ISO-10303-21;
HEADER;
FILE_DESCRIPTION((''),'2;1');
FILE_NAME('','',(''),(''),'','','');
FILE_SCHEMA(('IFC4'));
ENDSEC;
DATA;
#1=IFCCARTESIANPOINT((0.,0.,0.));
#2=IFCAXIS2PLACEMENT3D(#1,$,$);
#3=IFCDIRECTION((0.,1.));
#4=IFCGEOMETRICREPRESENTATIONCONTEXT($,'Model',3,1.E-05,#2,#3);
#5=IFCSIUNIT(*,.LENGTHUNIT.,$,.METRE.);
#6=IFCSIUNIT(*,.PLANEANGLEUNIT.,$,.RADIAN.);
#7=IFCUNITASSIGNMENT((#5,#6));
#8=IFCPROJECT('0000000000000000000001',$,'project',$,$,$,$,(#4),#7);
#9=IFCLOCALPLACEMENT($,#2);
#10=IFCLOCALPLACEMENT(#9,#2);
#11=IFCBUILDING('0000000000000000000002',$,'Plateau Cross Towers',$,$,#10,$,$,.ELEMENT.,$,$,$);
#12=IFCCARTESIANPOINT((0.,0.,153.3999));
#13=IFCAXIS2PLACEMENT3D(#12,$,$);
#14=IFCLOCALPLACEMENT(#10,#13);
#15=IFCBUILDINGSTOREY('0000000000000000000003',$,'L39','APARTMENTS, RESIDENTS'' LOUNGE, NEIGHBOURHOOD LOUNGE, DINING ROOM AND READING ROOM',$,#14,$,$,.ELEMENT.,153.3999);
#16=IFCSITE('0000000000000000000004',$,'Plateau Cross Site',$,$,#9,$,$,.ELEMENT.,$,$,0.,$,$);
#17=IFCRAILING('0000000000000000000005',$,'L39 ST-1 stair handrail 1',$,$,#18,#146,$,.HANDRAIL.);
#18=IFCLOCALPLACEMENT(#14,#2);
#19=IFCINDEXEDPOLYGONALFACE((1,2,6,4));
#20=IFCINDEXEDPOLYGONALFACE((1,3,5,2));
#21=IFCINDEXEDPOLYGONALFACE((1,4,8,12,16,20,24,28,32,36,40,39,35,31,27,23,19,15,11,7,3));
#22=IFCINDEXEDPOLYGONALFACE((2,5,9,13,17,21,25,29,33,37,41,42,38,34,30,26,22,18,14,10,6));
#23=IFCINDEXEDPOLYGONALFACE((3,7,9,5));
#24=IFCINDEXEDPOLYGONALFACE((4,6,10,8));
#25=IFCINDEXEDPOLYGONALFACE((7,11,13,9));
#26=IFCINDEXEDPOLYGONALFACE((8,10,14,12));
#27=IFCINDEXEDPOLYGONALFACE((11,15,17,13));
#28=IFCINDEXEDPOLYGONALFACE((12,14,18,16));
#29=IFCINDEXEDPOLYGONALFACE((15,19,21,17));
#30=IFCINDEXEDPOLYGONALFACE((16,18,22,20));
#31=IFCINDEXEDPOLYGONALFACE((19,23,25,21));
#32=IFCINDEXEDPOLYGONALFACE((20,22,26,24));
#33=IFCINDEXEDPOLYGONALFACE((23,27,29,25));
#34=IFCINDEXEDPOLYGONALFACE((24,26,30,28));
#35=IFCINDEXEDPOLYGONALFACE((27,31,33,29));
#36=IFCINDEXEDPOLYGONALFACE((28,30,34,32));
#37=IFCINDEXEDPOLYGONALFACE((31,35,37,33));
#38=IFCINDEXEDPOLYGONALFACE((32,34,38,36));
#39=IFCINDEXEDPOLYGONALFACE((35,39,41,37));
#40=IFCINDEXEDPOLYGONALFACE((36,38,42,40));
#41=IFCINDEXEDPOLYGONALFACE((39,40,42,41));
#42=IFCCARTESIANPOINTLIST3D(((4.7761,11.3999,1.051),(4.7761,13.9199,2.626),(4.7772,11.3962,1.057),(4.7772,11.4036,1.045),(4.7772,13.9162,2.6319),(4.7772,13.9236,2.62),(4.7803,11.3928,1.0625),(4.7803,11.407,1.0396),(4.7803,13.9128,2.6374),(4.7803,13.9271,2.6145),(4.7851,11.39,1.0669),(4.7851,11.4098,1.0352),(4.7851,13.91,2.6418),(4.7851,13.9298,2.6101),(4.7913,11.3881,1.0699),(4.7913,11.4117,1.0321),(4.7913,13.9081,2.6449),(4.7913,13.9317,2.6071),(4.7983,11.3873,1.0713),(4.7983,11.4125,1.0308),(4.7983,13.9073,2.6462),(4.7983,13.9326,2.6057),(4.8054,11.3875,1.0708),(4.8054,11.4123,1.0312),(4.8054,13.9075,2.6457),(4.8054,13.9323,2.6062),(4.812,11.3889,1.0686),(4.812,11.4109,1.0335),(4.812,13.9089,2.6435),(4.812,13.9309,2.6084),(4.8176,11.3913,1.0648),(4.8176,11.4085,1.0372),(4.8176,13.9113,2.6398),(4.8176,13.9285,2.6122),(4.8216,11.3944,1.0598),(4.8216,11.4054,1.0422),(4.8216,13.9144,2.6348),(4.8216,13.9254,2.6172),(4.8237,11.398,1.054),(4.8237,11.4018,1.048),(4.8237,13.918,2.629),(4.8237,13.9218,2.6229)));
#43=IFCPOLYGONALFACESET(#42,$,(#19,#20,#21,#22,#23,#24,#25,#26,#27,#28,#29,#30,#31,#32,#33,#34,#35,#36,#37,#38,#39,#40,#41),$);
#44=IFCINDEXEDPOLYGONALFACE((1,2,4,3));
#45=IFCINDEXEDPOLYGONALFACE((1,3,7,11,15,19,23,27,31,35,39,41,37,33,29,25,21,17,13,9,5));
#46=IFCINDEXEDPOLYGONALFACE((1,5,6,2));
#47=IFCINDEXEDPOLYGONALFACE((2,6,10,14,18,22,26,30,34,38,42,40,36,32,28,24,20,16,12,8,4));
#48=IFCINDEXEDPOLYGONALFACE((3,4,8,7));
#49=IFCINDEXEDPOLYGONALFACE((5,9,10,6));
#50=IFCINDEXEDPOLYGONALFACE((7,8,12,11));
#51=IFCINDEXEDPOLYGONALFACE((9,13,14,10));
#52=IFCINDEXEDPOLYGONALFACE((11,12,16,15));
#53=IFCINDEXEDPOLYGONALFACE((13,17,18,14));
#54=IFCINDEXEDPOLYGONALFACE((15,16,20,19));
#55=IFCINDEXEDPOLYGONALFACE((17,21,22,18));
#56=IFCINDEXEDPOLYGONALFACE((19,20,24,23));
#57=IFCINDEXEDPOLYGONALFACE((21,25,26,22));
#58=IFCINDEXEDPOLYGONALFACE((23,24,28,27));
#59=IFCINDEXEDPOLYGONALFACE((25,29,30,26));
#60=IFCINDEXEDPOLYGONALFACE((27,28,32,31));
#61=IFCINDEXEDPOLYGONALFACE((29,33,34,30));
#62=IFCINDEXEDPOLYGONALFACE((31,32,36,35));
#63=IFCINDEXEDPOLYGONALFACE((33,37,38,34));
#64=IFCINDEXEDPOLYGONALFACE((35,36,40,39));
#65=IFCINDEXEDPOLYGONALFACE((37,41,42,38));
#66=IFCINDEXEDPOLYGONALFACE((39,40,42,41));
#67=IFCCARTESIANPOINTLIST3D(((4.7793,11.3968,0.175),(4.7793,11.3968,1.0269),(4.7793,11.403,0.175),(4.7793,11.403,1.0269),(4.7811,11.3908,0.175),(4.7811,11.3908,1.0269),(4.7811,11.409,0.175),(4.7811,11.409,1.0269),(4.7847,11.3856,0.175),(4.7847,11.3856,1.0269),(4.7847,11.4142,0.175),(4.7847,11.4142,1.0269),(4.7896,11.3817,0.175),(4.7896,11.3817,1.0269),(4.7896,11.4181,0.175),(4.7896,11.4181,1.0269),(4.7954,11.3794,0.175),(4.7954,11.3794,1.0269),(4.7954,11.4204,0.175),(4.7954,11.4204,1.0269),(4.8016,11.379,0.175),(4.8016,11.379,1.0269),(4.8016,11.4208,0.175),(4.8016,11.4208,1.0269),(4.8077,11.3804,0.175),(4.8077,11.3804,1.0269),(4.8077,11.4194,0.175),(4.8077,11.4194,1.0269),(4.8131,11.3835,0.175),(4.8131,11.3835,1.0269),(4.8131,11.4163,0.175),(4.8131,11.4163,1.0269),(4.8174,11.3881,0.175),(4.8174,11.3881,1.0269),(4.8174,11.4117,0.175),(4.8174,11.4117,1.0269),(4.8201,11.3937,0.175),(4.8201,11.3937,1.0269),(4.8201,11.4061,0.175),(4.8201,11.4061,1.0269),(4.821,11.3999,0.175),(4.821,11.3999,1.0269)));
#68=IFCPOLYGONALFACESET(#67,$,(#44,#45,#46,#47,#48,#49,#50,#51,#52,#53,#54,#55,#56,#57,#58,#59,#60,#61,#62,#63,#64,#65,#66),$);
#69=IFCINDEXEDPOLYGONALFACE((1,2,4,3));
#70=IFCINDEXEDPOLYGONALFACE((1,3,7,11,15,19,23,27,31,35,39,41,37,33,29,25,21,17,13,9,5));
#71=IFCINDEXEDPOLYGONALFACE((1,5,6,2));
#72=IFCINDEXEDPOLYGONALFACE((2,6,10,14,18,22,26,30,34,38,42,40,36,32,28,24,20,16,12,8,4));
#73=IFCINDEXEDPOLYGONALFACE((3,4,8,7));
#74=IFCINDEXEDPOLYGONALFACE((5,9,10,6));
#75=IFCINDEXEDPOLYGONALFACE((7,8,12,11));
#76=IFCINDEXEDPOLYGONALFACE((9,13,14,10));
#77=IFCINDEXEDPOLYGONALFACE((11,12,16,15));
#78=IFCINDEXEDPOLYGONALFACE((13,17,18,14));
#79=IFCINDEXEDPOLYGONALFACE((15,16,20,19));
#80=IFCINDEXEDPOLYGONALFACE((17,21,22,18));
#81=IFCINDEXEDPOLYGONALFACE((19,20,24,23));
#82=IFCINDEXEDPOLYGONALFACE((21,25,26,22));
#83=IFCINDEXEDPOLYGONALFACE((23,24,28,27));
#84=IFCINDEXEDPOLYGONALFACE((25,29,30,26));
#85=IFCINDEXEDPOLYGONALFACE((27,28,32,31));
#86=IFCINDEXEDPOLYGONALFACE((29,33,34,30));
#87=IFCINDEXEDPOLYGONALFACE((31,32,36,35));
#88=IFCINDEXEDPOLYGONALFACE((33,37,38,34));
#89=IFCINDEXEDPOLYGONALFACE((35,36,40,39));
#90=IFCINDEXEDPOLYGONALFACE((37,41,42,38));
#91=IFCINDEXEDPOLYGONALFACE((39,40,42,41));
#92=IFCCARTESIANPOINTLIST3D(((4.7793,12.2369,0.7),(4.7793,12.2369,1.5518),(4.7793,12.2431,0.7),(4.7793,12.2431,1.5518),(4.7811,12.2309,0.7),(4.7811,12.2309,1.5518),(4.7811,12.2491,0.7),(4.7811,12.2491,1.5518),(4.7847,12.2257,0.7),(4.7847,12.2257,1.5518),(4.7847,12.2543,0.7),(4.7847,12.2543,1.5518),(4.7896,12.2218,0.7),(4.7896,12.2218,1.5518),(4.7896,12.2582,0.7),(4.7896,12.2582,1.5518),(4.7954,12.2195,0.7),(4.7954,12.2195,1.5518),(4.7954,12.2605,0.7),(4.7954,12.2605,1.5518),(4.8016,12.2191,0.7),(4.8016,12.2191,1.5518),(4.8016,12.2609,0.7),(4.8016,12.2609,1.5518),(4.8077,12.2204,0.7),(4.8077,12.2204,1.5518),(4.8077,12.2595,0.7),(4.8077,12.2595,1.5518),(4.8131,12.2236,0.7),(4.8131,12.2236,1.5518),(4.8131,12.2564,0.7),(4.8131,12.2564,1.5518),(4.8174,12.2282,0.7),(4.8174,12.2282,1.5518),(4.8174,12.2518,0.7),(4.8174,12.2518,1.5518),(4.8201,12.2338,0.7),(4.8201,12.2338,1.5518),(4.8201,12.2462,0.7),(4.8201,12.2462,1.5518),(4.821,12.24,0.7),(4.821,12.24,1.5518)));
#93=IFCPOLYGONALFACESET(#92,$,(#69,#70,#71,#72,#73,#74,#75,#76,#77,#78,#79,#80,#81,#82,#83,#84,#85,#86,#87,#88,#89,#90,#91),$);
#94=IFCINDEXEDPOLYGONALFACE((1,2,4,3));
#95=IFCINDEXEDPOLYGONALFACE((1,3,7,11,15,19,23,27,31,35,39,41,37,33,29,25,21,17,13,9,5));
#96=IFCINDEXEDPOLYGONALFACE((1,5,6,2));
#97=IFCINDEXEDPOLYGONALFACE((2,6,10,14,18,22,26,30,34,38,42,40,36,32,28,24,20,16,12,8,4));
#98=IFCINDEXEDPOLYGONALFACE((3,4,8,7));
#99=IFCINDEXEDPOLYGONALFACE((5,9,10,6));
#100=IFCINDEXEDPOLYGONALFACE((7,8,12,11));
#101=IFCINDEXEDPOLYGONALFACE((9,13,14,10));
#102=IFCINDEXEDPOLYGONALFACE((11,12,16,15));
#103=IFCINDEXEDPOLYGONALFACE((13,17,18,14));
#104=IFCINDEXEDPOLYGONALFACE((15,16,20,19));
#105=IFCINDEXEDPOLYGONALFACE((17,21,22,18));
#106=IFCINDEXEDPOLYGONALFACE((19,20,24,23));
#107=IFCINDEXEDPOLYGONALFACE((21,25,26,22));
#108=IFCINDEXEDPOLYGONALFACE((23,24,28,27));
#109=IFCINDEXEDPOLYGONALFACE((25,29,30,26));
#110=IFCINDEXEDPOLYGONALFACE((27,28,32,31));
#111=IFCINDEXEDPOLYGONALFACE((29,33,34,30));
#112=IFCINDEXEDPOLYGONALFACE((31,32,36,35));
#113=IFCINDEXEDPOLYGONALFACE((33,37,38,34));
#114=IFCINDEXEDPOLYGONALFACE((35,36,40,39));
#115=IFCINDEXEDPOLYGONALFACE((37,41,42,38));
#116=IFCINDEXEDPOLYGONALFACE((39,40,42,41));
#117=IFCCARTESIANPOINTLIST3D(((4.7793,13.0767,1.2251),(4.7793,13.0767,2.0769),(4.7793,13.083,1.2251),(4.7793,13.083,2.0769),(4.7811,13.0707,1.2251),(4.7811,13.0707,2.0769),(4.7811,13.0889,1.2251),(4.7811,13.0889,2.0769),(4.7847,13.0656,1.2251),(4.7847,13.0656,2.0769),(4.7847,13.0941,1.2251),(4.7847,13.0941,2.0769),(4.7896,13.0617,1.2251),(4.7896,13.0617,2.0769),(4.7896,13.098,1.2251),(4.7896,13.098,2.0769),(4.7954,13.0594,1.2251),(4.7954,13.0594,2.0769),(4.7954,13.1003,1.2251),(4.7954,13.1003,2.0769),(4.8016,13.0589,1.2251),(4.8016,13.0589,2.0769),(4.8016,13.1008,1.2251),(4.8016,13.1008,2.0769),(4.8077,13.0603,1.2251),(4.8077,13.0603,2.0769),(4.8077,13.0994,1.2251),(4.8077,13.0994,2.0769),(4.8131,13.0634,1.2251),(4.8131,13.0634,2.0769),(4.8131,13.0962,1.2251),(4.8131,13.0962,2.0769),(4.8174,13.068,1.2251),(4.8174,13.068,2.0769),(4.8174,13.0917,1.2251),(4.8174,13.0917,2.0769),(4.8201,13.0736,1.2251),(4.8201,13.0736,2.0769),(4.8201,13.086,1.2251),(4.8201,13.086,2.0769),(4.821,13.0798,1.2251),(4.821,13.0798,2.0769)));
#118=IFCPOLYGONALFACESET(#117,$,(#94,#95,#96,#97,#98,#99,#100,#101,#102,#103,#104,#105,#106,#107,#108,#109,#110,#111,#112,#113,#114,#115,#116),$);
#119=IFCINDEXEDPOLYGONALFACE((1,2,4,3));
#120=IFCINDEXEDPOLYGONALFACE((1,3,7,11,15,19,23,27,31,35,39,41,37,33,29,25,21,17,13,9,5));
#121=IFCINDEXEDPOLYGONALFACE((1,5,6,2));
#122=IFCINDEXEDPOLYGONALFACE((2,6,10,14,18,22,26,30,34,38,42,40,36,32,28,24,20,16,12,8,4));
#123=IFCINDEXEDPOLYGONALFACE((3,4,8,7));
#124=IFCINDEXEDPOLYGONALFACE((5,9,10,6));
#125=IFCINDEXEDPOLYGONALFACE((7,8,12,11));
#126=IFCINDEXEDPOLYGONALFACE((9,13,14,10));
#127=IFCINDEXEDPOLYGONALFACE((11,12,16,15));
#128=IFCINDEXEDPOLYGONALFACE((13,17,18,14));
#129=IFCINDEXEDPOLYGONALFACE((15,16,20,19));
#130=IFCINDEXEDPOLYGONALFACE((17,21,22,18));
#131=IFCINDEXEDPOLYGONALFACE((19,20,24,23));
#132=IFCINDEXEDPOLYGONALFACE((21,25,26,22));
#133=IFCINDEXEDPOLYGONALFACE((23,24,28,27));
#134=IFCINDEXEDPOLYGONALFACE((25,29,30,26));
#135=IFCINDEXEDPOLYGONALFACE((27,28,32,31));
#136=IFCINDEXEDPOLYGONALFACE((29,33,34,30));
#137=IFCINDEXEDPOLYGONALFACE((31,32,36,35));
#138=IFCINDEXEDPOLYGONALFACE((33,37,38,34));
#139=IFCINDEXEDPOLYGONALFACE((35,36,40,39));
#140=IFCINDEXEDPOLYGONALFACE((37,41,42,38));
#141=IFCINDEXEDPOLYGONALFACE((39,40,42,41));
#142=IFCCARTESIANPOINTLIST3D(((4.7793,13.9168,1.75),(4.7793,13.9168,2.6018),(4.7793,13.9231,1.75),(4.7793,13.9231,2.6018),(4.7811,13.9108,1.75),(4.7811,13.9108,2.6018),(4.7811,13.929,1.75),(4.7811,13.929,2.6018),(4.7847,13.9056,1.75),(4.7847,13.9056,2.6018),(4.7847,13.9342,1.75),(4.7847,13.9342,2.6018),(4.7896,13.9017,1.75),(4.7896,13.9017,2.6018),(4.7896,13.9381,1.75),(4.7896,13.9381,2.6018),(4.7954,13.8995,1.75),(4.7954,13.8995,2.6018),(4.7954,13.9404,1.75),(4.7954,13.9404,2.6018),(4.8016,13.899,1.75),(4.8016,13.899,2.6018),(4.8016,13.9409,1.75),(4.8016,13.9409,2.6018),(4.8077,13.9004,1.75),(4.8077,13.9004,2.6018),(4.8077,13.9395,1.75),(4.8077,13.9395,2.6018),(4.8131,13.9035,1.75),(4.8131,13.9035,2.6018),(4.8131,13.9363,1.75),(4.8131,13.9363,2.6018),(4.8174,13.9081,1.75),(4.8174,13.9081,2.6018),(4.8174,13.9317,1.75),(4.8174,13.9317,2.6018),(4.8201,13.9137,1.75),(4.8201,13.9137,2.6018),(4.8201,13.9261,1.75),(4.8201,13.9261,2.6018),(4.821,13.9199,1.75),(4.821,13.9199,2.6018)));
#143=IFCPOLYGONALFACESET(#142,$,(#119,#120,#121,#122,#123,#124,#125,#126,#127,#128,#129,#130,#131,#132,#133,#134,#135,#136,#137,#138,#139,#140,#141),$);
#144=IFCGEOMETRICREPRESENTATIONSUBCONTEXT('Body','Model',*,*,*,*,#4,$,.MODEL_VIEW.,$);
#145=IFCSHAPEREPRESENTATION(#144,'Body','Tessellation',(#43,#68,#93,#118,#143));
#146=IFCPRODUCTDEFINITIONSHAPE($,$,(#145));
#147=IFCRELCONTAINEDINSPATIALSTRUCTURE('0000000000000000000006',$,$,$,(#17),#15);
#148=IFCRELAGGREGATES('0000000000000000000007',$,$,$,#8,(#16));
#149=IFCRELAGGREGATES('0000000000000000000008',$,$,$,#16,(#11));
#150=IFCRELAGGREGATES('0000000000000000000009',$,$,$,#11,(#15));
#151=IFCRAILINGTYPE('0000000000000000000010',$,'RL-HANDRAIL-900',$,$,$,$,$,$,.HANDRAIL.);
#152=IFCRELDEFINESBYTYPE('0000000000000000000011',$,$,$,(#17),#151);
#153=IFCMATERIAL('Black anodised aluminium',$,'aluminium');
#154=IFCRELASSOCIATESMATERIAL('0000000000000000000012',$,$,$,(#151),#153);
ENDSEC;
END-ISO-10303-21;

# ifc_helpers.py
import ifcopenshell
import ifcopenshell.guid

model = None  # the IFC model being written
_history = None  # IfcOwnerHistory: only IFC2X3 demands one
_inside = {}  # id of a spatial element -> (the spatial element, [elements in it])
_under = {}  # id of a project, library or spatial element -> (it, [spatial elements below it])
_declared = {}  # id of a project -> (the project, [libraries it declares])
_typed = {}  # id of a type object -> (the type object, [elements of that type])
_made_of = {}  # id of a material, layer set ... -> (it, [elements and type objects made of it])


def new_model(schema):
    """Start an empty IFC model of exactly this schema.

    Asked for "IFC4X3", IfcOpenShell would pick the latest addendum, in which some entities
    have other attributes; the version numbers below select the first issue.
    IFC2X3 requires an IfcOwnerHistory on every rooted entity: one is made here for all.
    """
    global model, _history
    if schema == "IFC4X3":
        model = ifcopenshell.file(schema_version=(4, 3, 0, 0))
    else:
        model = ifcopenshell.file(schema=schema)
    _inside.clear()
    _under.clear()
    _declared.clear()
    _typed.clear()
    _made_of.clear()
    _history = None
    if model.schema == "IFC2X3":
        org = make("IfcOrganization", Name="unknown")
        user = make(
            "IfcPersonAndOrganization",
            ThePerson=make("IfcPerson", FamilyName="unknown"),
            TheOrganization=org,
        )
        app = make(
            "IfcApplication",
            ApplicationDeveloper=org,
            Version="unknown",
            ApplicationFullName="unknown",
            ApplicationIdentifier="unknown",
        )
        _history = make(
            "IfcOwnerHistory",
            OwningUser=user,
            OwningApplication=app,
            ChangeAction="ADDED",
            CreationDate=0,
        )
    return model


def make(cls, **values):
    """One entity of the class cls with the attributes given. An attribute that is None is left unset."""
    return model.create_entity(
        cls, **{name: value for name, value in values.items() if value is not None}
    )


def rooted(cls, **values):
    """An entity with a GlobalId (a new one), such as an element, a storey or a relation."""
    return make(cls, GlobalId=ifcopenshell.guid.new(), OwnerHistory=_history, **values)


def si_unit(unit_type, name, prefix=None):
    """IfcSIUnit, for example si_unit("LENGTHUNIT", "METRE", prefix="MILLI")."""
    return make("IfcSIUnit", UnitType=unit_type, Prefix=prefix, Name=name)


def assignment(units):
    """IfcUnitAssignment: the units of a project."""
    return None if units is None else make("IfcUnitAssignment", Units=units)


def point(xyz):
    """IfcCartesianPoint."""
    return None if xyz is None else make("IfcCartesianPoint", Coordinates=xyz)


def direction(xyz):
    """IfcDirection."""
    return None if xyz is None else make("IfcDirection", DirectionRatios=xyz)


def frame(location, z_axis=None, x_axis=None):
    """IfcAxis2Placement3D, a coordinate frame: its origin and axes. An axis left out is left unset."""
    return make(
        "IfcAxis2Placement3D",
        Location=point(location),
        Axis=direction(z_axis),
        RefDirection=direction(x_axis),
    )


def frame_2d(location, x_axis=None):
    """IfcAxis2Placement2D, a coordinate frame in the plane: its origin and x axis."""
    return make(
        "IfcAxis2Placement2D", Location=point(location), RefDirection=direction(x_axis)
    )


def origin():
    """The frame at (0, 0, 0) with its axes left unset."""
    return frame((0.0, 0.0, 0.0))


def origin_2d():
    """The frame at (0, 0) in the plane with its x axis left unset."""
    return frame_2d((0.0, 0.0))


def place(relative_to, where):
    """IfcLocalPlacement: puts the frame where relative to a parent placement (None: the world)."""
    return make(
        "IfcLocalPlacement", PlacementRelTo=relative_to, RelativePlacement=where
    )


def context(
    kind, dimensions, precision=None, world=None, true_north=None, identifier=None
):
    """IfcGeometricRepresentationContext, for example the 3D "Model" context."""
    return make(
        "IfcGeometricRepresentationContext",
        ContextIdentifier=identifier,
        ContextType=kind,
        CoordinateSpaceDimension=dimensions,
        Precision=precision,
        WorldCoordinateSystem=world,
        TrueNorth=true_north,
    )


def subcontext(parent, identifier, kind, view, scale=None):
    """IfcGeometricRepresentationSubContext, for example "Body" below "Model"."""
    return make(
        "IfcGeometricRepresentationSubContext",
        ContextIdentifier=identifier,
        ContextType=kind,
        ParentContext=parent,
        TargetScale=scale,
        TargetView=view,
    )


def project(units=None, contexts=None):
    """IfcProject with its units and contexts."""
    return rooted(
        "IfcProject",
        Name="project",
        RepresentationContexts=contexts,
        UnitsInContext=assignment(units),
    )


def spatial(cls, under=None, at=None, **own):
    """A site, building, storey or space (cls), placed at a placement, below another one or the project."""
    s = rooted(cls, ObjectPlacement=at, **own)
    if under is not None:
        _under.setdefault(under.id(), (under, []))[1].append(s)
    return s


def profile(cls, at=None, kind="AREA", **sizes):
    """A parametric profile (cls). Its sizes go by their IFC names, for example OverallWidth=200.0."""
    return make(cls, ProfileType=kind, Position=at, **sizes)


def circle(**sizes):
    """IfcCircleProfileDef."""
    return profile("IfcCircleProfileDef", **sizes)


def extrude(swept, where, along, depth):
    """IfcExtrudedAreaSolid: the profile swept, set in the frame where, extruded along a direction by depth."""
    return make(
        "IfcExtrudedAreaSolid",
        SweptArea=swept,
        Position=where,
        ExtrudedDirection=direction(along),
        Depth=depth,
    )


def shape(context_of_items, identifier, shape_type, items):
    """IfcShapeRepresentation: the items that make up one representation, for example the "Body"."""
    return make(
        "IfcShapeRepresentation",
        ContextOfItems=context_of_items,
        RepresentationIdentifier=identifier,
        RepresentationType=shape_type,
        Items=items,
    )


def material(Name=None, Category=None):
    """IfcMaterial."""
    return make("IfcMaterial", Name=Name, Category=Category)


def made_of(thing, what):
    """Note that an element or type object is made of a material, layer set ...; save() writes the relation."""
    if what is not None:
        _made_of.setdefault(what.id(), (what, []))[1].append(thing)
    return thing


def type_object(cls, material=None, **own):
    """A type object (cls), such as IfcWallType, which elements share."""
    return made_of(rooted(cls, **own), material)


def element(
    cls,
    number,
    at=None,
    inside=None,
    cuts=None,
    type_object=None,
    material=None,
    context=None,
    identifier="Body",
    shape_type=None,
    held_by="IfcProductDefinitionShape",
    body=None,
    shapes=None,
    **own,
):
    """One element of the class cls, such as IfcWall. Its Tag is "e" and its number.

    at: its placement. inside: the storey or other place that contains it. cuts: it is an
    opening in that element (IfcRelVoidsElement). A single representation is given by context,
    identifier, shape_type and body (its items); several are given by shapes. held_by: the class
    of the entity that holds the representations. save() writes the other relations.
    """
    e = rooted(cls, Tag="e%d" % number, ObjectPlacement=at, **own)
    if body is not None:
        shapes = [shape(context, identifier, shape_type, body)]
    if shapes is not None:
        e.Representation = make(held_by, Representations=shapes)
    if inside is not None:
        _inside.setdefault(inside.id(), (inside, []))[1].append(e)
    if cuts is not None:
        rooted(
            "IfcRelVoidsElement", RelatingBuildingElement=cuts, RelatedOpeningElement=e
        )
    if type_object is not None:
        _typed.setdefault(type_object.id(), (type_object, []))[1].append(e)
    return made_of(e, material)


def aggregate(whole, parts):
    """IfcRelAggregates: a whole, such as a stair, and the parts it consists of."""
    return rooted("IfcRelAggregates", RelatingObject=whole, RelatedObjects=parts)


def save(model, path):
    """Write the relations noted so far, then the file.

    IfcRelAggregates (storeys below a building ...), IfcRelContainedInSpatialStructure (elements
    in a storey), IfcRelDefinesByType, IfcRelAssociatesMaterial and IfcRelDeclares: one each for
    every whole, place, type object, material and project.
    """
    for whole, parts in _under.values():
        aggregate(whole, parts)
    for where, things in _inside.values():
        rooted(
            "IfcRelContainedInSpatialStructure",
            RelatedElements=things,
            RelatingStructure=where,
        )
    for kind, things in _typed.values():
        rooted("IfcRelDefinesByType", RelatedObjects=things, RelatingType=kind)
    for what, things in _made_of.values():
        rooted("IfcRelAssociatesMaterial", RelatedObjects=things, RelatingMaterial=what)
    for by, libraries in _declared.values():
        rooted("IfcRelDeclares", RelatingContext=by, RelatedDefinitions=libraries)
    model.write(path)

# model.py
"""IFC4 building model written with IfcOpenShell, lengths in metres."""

from ifc_helpers import new_model, si_unit, direction, frame, origin, origin_2d, place, context, subcontext, project, spatial, circle, extrude, material, type_object, element, save


model = new_model("IFC4")

# Units and contexts
model_context = context("Model", 3, precision=1e-05, world=origin(), true_north=direction((0.0, 1.0)))
body_context = subcontext(model_context, "Body", "Model", "MODEL_VIEW")
ifc_project = project(units=[si_unit("LENGTHUNIT", "METRE"), si_unit("PLANEANGLEUNIT", "RADIAN")], contexts=[model_context])

# Site, building, storey
site_placement = place(None, origin())
site = spatial("IfcSite", under=ifc_project, at=site_placement, Name="Plateau Cross Site", CompositionType="ELEMENT", RefElevation=0.0)
building_placement = place(site_placement, origin())
building = spatial("IfcBuilding", under=site, at=building_placement, Name="Plateau Cross Towers", CompositionType="ELEMENT")
storey_placement = place(building_placement, frame((0.0, 0.0, 153.3999)))
storey = spatial("IfcBuildingStorey", under=building, at=storey_placement, Name="L39", Description="APARTMENTS, RESIDENTS' LOUNGE, NEIGHBOURHOOD LOUNGE, DINING ROOM AND READING ROOM", CompositionType="ELEMENT", Elevation=153.3999)

# Shared definitions
ifc_material_1 = material(Name="Black anodised aluminium", Category="aluminium")

# Railing
railing_type_1 = type_object("IfcRailingType", Name="RL-HANDRAIL-900", PredefinedType="HANDRAIL", material=ifc_material_1)
railing_1_placement = place(storey_placement, frame((4.8, 11.3999, 0.175)))
element("IfcRailing", 1, at=railing_1_placement, inside=storey, type_object=railing_type_1, Name="L39 ST-1 stair handrail 1", PredefinedType="HANDRAIL", context=body_context, shape_type="SweptSolid", body=[
    extrude(circle(Radius=0.0239, at=origin_2d()), frame((0.0, 0.0, 0.876), z_axis=(0.0, 0.848008, 0.529984), x_axis=(-1.0, 0.0, 0.0)), (0.0, 0.0, 1.0), 2.9717),
    extrude(circle(Radius=0.021, at=origin_2d()), origin(), (0.0, 0.0, 1.0), 0.8518),
    extrude(circle(Radius=0.021, at=origin_2d()), frame((0.0, 0.8401, 0.5249)), (0.0, 0.0, 1.0), 0.8518),
    extrude(circle(Radius=0.021, at=origin_2d()), frame((0.0, 1.6799, 1.05)), (0.0, 0.0, 1.0), 0.8518),
    extrude(circle(Radius=0.021, at=origin_2d()), frame((0.0, 2.52, 1.575)), (0.0, 0.0, 1.0), 0.8518),
])

save(model, "model.ifc")
